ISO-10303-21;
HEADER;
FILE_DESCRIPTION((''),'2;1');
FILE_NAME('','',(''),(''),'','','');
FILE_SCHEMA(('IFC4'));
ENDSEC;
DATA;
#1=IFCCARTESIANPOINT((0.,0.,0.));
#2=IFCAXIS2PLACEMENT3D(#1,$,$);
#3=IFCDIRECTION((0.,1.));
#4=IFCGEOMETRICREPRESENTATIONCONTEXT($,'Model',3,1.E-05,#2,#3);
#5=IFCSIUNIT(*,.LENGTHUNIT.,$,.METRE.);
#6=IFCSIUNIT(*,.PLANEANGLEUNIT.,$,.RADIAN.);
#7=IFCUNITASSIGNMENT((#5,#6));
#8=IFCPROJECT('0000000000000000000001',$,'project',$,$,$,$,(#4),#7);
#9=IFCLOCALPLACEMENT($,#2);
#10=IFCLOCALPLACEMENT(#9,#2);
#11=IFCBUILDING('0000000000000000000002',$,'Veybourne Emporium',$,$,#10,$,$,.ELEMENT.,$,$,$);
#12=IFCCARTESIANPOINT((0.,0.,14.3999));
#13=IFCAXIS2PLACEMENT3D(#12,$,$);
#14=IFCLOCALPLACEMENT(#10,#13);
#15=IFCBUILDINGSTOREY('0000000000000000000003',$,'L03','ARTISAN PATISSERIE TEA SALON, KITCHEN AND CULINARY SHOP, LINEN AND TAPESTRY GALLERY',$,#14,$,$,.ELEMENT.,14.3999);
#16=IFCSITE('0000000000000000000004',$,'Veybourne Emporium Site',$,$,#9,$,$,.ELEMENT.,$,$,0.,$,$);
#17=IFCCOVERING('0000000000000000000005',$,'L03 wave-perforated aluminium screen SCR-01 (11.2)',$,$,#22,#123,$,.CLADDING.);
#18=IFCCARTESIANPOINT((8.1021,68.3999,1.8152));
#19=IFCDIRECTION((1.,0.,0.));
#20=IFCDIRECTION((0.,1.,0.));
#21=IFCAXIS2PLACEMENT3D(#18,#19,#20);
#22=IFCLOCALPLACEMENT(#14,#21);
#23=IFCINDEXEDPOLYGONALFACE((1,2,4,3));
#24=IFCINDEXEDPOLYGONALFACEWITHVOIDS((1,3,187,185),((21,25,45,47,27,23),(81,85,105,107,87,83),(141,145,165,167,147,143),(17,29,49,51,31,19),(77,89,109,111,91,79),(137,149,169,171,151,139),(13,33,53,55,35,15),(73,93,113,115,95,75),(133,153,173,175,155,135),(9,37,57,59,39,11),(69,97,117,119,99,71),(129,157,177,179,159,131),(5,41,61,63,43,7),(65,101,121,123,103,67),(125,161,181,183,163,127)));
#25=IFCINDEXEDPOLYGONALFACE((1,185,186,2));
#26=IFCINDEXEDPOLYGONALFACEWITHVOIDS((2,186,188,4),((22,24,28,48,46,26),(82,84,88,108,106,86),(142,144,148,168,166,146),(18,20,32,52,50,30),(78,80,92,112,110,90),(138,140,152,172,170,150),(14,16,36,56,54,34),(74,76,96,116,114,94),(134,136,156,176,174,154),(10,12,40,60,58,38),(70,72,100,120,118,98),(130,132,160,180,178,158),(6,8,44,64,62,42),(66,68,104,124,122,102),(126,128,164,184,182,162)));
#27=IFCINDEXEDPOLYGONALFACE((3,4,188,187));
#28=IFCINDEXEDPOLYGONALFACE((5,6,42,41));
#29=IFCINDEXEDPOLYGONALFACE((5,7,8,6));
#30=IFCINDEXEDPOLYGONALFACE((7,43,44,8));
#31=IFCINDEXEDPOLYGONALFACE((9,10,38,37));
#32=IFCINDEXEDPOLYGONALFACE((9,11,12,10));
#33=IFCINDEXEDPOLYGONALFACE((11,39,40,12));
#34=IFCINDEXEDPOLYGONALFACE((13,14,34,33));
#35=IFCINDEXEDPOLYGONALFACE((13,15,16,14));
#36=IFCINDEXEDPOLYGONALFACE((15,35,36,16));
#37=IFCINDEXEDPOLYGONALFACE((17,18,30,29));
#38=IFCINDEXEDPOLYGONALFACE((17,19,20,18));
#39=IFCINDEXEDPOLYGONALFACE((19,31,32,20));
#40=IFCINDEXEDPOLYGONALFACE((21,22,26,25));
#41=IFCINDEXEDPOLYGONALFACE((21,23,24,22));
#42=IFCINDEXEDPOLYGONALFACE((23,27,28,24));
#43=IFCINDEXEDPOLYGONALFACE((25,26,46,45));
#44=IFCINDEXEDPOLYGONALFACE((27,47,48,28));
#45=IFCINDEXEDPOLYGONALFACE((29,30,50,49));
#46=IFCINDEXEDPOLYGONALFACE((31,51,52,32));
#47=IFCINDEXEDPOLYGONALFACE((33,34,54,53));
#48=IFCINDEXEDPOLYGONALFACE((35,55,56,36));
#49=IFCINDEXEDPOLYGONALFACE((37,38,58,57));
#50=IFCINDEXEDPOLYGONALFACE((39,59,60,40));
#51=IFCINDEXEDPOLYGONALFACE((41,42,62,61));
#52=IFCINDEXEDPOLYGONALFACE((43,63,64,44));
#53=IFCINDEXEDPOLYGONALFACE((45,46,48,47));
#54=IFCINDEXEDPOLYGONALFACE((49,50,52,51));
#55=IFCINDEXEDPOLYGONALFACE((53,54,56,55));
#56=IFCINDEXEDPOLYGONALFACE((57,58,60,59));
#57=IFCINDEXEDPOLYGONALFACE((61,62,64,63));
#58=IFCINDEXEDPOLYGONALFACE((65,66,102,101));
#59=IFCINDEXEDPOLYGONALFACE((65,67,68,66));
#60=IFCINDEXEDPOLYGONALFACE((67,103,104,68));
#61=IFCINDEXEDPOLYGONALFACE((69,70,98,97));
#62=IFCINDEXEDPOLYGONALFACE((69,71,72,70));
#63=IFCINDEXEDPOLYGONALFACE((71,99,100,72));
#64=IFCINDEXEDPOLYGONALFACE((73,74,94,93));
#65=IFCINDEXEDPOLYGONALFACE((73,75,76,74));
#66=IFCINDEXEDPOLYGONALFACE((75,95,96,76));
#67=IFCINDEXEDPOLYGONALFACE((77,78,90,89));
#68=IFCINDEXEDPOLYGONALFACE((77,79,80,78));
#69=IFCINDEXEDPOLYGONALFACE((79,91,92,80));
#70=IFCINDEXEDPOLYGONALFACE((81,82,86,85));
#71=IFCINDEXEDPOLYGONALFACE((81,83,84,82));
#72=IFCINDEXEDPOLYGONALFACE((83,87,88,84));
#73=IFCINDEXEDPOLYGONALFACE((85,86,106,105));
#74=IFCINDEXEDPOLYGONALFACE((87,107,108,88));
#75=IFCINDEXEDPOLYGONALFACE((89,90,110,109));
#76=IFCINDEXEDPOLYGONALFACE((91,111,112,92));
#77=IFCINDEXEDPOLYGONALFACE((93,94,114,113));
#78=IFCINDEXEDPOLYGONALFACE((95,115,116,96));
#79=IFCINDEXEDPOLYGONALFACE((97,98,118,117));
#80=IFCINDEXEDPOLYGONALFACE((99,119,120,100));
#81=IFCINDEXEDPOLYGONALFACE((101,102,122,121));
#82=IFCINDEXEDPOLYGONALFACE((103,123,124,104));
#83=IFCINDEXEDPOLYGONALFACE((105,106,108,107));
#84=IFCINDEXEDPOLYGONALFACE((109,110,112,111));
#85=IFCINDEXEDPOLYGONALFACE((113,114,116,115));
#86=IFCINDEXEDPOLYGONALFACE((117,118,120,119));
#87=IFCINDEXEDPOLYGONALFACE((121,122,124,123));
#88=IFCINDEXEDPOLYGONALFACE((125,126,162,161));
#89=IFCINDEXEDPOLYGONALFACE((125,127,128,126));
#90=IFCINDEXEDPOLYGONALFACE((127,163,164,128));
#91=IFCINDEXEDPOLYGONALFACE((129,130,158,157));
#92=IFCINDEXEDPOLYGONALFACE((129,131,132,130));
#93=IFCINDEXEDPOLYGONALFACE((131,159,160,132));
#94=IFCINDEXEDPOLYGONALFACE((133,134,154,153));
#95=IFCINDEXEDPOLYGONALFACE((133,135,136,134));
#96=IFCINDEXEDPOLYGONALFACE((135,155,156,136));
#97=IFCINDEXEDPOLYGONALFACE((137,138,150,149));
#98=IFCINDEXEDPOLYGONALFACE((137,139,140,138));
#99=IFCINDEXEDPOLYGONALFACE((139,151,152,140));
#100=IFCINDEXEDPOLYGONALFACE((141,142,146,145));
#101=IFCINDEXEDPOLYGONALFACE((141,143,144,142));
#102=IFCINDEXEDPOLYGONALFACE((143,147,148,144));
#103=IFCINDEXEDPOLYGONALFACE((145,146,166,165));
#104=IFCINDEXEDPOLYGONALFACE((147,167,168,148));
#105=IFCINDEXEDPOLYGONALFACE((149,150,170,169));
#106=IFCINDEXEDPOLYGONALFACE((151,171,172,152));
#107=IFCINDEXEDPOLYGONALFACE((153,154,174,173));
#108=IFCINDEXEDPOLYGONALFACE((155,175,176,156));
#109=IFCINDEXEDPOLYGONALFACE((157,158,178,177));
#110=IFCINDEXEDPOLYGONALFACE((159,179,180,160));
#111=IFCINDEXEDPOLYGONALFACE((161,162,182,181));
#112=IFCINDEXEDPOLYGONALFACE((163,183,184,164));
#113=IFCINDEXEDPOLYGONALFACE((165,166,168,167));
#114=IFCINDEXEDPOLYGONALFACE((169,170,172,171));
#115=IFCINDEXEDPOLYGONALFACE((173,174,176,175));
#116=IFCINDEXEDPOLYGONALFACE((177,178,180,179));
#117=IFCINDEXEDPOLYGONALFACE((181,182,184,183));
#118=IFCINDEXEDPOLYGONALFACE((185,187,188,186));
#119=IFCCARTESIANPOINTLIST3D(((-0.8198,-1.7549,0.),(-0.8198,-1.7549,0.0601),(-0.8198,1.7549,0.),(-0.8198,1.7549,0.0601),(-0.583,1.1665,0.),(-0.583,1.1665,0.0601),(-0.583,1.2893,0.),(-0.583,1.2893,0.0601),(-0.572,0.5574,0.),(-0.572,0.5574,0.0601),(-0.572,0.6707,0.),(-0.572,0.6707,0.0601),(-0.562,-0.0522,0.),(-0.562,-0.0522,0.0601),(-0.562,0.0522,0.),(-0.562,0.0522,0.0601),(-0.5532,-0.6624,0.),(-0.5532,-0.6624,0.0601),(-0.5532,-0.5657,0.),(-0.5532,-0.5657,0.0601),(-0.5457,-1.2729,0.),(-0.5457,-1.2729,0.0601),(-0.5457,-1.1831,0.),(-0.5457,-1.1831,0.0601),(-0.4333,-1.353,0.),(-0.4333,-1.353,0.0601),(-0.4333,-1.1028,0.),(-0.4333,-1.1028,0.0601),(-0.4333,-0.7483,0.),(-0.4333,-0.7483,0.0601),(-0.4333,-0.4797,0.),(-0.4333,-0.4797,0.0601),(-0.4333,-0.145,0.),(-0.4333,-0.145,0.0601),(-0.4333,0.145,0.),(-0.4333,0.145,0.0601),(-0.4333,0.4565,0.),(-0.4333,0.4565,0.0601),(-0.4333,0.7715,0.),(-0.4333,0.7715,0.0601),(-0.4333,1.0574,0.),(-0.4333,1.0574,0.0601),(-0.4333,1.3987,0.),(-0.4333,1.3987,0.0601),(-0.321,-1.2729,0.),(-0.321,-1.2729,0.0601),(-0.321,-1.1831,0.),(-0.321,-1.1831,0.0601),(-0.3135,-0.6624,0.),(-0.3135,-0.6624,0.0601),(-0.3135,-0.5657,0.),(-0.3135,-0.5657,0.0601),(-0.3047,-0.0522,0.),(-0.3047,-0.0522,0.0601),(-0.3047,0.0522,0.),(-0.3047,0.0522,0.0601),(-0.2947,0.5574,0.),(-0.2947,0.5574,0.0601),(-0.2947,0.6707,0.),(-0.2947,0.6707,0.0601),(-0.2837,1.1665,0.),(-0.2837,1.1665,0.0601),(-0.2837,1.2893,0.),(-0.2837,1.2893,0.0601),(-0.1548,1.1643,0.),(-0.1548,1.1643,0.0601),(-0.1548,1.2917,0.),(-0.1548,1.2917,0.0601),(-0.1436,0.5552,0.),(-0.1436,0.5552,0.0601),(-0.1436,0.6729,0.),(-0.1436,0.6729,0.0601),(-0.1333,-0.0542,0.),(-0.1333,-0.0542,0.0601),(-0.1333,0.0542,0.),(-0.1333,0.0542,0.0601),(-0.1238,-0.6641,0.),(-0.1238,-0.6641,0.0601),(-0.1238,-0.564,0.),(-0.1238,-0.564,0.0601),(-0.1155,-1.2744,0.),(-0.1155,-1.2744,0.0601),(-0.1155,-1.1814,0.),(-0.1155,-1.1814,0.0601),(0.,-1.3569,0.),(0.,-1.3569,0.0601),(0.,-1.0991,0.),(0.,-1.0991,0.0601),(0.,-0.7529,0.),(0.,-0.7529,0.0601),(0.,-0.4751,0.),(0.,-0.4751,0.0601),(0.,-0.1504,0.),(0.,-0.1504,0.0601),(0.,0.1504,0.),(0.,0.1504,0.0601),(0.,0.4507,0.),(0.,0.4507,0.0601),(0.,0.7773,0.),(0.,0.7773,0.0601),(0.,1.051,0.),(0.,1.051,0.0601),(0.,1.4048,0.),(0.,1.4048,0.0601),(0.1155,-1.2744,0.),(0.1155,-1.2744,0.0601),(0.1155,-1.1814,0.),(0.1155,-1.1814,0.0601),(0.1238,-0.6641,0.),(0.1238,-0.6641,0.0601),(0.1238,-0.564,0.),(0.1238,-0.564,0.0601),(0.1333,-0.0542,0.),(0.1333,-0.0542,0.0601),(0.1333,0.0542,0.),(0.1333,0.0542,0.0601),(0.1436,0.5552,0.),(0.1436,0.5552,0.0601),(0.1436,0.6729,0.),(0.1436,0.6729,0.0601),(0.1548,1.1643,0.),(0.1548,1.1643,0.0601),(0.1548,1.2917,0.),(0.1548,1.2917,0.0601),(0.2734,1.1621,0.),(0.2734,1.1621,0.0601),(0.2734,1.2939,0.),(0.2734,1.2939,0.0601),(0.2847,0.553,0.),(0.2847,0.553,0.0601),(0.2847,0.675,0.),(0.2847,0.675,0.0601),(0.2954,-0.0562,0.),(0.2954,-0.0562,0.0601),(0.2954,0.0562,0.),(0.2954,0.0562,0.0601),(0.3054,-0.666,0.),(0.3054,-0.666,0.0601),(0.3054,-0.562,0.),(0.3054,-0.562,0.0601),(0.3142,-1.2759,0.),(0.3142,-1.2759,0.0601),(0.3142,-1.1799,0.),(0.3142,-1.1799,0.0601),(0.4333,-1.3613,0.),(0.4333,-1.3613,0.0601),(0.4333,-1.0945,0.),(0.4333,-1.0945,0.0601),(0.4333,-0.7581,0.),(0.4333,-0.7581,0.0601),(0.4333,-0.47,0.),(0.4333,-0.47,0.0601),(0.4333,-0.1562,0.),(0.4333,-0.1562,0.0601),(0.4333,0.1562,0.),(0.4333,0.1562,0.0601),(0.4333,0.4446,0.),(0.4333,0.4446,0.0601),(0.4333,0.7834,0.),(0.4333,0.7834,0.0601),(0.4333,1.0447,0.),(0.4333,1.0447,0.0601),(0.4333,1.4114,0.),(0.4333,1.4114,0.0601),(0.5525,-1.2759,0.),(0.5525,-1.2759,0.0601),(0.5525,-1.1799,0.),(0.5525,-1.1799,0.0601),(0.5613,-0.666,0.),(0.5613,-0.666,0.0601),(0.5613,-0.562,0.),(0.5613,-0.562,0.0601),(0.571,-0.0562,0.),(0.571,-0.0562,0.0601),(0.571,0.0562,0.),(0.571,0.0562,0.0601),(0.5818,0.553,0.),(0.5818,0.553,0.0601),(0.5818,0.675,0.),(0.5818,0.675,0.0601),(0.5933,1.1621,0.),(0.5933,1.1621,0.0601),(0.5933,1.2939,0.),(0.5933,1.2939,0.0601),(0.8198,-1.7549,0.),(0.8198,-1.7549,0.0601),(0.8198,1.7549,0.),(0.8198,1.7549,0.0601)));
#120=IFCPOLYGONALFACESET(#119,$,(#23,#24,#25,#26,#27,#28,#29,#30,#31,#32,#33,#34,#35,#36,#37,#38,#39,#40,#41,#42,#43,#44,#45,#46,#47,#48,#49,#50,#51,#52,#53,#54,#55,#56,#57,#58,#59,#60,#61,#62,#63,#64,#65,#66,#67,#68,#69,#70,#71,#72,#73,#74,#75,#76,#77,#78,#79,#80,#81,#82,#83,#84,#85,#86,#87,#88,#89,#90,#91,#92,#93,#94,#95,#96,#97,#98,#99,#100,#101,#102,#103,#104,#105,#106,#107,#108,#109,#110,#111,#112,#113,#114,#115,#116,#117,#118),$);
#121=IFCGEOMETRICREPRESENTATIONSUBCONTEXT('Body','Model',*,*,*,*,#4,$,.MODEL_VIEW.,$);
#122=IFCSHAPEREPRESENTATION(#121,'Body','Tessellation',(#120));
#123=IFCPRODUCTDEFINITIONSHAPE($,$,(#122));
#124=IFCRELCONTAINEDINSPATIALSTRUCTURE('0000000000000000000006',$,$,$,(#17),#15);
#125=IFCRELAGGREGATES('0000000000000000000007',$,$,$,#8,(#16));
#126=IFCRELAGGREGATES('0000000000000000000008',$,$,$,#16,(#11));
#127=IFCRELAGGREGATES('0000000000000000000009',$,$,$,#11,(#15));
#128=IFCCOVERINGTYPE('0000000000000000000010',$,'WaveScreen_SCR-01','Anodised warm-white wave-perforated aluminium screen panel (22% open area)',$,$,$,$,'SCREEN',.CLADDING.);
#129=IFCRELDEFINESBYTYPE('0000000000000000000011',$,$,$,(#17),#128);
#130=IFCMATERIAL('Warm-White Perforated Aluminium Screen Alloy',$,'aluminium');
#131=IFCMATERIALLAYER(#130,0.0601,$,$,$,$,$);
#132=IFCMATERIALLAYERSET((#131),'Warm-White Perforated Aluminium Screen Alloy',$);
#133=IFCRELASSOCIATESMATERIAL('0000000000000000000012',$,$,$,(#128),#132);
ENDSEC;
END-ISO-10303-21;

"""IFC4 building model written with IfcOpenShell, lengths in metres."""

from ifc_helpers import new_model, si_unit, direction, frame, origin, place, context, subcontext, project, spatial, polyline, outline, extrude, material, layer, layer_set, type_object, element, save


model = new_model("IFC4")

# Units and contexts
model_context = context("Model", 3, precision=1e-05, world=origin(), true_north=direction((0.0, 1.0)))
body_context = subcontext(model_context, "Body", "Model", "MODEL_VIEW")
ifc_project = project(units=[si_unit("LENGTHUNIT", "METRE"), si_unit("PLANEANGLEUNIT", "RADIAN")], contexts=[model_context])

# Site, building, storey
site_placement = place(None, origin())
site = spatial("IfcSite", under=ifc_project, at=site_placement, Name="Veybourne Emporium Site", CompositionType="ELEMENT", RefElevation=0.0)
building_placement = place(site_placement, origin())
building = spatial("IfcBuilding", under=site, at=building_placement, Name="Veybourne Emporium", CompositionType="ELEMENT")
storey_placement = place(building_placement, frame((0.0, 0.0, 14.3999)))
storey = spatial("IfcBuildingStorey", under=building, at=storey_placement, Name="L03", Description="ARTISAN PATISSERIE TEA SALON, KITCHEN AND CULINARY SHOP, LINEN AND TAPESTRY GALLERY", CompositionType="ELEMENT", Elevation=14.3999)

# Covering
ifc_material_1 = material(Name="Warm-White Perforated Aluminium Screen Alloy", Category="aluminium")
ifc_layer_1 = layer(ifc_material_1, 0.0601)
ifc_layer_set_1 = layer_set([ifc_layer_1], Name="Warm-White Perforated Aluminium Screen Alloy")
covering_type_1 = type_object("IfcCoveringType", Name="WaveScreen_SCR-01", Description="Anodised warm-white wave-perforated aluminium screen panel (22% open area)", ElementType="SCREEN", PredefinedType="CLADDING", material=ifc_layer_set_1)
covering_1_placement = place(storey_placement, frame((8.1021, 68.3999, 1.8152), z_axis=(1.0, 0.0, 0.0), x_axis=(0.0, 1.0, 0.0)))
element("IfcCovering", 1, at=covering_1_placement, inside=storey, type_object=covering_type_1, Name="L03 wave-perforated aluminium screen SCR-01 (11.2)", PredefinedType="CLADDING", context=body_context, shape_type="SweptSolid", body=[
    extrude(outline(polyline([(-0.8198, -1.7549), (0.8198, -1.7549), (0.8198, 1.7549), (-0.8198, 1.7549), (-0.8198, -1.7549)]), holes=[polyline([(-0.4333, -1.1028), (-0.321, -1.1831), (-0.321, -1.2729), (-0.4333, -1.353), (-0.5457, -1.2729), (-0.5457, -1.1831), (-0.4333, -1.1028)]), polyline([(-0.4333, -0.4797), (-0.3135, -0.5657), (-0.3135, -0.6624), (-0.4333, -0.7483), (-0.5532, -0.6624), (-0.5532, -0.5657), (-0.4333, -0.4797)]), polyline([(-0.4333, 0.145), (-0.3047, 0.0522), (-0.3047, -0.0522), (-0.4333, -0.145), (-0.562, -0.0522), (-0.562, 0.0522), (-0.4333, 0.145)]), polyline([(-0.4333, 0.7715), (-0.2947, 0.6707), (-0.2947, 0.5574), (-0.4333, 0.4565), (-0.572, 0.5574), (-0.572, 0.6707), (-0.4333, 0.7715)]), polyline([(-0.4333, 1.3987), (-0.2837, 1.2893), (-0.2837, 1.1665), (-0.4333, 1.0574), (-0.583, 1.1665), (-0.583, 1.2893), (-0.4333, 1.3987)]), polyline([(0.0, -1.0991), (0.1155, -1.1814), (0.1155, -1.2744), (0.0, -1.3569), (-0.1155, -1.2744), (-0.1155, -1.1814), (0.0, -1.0991)]), polyline([(0.0, -0.4751), (0.1238, -0.564), (0.1238, -0.6641), (0.0, -0.7529), (-0.1238, -0.6641), (-0.1238, -0.564), (0.0, -0.4751)]), polyline([(0.0, 0.1504), (0.1333, 0.0542), (0.1333, -0.0542), (0.0, -0.1504), (-0.1333, -0.0542), (-0.1333, 0.0542), (0.0, 0.1504)]), polyline([(0.0, 0.7773), (0.1436, 0.6729), (0.1436, 0.5552), (0.0, 0.4507), (-0.1436, 0.5552), (-0.1436, 0.6729), (0.0, 0.7773)]), polyline([(0.0, 1.4048), (0.1548, 1.2917), (0.1548, 1.1643), (0.0, 1.051), (-0.1548, 1.1643), (-0.1548, 1.2917), (0.0, 1.4048)]), polyline([(0.4333, -1.0945), (0.5525, -1.1799), (0.5525, -1.2759), (0.4333, -1.3613), (0.3142, -1.2759), (0.3142, -1.1799), (0.4333, -1.0945)]), polyline([(0.4333, -0.47), (0.5613, -0.562), (0.5613, -0.666), (0.4333, -0.7581), (0.3054, -0.666), (0.3054, -0.562), (0.4333, -0.47)]), polyline([(0.4333, 0.1562), (0.571, 0.0562), (0.571, -0.0562), (0.4333, -0.1562), (0.2954, -0.0562), (0.2954, 0.0562), (0.4333, 0.1562)]), polyline([(0.4333, 0.7834), (0.5818, 0.675), (0.5818, 0.553), (0.4333, 0.4446), (0.2847, 0.553), (0.2847, 0.675), (0.4333, 0.7834)]), polyline([(0.4333, 1.4114), (0.5933, 1.2939), (0.5933, 1.1621), (0.4333, 1.0447), (0.2734, 1.1621), (0.2734, 1.2939), (0.4333, 1.4114)])]), origin(), (0.0, 0.0, 1.0), 0.0601),
])

save(model, "model.ifc")
